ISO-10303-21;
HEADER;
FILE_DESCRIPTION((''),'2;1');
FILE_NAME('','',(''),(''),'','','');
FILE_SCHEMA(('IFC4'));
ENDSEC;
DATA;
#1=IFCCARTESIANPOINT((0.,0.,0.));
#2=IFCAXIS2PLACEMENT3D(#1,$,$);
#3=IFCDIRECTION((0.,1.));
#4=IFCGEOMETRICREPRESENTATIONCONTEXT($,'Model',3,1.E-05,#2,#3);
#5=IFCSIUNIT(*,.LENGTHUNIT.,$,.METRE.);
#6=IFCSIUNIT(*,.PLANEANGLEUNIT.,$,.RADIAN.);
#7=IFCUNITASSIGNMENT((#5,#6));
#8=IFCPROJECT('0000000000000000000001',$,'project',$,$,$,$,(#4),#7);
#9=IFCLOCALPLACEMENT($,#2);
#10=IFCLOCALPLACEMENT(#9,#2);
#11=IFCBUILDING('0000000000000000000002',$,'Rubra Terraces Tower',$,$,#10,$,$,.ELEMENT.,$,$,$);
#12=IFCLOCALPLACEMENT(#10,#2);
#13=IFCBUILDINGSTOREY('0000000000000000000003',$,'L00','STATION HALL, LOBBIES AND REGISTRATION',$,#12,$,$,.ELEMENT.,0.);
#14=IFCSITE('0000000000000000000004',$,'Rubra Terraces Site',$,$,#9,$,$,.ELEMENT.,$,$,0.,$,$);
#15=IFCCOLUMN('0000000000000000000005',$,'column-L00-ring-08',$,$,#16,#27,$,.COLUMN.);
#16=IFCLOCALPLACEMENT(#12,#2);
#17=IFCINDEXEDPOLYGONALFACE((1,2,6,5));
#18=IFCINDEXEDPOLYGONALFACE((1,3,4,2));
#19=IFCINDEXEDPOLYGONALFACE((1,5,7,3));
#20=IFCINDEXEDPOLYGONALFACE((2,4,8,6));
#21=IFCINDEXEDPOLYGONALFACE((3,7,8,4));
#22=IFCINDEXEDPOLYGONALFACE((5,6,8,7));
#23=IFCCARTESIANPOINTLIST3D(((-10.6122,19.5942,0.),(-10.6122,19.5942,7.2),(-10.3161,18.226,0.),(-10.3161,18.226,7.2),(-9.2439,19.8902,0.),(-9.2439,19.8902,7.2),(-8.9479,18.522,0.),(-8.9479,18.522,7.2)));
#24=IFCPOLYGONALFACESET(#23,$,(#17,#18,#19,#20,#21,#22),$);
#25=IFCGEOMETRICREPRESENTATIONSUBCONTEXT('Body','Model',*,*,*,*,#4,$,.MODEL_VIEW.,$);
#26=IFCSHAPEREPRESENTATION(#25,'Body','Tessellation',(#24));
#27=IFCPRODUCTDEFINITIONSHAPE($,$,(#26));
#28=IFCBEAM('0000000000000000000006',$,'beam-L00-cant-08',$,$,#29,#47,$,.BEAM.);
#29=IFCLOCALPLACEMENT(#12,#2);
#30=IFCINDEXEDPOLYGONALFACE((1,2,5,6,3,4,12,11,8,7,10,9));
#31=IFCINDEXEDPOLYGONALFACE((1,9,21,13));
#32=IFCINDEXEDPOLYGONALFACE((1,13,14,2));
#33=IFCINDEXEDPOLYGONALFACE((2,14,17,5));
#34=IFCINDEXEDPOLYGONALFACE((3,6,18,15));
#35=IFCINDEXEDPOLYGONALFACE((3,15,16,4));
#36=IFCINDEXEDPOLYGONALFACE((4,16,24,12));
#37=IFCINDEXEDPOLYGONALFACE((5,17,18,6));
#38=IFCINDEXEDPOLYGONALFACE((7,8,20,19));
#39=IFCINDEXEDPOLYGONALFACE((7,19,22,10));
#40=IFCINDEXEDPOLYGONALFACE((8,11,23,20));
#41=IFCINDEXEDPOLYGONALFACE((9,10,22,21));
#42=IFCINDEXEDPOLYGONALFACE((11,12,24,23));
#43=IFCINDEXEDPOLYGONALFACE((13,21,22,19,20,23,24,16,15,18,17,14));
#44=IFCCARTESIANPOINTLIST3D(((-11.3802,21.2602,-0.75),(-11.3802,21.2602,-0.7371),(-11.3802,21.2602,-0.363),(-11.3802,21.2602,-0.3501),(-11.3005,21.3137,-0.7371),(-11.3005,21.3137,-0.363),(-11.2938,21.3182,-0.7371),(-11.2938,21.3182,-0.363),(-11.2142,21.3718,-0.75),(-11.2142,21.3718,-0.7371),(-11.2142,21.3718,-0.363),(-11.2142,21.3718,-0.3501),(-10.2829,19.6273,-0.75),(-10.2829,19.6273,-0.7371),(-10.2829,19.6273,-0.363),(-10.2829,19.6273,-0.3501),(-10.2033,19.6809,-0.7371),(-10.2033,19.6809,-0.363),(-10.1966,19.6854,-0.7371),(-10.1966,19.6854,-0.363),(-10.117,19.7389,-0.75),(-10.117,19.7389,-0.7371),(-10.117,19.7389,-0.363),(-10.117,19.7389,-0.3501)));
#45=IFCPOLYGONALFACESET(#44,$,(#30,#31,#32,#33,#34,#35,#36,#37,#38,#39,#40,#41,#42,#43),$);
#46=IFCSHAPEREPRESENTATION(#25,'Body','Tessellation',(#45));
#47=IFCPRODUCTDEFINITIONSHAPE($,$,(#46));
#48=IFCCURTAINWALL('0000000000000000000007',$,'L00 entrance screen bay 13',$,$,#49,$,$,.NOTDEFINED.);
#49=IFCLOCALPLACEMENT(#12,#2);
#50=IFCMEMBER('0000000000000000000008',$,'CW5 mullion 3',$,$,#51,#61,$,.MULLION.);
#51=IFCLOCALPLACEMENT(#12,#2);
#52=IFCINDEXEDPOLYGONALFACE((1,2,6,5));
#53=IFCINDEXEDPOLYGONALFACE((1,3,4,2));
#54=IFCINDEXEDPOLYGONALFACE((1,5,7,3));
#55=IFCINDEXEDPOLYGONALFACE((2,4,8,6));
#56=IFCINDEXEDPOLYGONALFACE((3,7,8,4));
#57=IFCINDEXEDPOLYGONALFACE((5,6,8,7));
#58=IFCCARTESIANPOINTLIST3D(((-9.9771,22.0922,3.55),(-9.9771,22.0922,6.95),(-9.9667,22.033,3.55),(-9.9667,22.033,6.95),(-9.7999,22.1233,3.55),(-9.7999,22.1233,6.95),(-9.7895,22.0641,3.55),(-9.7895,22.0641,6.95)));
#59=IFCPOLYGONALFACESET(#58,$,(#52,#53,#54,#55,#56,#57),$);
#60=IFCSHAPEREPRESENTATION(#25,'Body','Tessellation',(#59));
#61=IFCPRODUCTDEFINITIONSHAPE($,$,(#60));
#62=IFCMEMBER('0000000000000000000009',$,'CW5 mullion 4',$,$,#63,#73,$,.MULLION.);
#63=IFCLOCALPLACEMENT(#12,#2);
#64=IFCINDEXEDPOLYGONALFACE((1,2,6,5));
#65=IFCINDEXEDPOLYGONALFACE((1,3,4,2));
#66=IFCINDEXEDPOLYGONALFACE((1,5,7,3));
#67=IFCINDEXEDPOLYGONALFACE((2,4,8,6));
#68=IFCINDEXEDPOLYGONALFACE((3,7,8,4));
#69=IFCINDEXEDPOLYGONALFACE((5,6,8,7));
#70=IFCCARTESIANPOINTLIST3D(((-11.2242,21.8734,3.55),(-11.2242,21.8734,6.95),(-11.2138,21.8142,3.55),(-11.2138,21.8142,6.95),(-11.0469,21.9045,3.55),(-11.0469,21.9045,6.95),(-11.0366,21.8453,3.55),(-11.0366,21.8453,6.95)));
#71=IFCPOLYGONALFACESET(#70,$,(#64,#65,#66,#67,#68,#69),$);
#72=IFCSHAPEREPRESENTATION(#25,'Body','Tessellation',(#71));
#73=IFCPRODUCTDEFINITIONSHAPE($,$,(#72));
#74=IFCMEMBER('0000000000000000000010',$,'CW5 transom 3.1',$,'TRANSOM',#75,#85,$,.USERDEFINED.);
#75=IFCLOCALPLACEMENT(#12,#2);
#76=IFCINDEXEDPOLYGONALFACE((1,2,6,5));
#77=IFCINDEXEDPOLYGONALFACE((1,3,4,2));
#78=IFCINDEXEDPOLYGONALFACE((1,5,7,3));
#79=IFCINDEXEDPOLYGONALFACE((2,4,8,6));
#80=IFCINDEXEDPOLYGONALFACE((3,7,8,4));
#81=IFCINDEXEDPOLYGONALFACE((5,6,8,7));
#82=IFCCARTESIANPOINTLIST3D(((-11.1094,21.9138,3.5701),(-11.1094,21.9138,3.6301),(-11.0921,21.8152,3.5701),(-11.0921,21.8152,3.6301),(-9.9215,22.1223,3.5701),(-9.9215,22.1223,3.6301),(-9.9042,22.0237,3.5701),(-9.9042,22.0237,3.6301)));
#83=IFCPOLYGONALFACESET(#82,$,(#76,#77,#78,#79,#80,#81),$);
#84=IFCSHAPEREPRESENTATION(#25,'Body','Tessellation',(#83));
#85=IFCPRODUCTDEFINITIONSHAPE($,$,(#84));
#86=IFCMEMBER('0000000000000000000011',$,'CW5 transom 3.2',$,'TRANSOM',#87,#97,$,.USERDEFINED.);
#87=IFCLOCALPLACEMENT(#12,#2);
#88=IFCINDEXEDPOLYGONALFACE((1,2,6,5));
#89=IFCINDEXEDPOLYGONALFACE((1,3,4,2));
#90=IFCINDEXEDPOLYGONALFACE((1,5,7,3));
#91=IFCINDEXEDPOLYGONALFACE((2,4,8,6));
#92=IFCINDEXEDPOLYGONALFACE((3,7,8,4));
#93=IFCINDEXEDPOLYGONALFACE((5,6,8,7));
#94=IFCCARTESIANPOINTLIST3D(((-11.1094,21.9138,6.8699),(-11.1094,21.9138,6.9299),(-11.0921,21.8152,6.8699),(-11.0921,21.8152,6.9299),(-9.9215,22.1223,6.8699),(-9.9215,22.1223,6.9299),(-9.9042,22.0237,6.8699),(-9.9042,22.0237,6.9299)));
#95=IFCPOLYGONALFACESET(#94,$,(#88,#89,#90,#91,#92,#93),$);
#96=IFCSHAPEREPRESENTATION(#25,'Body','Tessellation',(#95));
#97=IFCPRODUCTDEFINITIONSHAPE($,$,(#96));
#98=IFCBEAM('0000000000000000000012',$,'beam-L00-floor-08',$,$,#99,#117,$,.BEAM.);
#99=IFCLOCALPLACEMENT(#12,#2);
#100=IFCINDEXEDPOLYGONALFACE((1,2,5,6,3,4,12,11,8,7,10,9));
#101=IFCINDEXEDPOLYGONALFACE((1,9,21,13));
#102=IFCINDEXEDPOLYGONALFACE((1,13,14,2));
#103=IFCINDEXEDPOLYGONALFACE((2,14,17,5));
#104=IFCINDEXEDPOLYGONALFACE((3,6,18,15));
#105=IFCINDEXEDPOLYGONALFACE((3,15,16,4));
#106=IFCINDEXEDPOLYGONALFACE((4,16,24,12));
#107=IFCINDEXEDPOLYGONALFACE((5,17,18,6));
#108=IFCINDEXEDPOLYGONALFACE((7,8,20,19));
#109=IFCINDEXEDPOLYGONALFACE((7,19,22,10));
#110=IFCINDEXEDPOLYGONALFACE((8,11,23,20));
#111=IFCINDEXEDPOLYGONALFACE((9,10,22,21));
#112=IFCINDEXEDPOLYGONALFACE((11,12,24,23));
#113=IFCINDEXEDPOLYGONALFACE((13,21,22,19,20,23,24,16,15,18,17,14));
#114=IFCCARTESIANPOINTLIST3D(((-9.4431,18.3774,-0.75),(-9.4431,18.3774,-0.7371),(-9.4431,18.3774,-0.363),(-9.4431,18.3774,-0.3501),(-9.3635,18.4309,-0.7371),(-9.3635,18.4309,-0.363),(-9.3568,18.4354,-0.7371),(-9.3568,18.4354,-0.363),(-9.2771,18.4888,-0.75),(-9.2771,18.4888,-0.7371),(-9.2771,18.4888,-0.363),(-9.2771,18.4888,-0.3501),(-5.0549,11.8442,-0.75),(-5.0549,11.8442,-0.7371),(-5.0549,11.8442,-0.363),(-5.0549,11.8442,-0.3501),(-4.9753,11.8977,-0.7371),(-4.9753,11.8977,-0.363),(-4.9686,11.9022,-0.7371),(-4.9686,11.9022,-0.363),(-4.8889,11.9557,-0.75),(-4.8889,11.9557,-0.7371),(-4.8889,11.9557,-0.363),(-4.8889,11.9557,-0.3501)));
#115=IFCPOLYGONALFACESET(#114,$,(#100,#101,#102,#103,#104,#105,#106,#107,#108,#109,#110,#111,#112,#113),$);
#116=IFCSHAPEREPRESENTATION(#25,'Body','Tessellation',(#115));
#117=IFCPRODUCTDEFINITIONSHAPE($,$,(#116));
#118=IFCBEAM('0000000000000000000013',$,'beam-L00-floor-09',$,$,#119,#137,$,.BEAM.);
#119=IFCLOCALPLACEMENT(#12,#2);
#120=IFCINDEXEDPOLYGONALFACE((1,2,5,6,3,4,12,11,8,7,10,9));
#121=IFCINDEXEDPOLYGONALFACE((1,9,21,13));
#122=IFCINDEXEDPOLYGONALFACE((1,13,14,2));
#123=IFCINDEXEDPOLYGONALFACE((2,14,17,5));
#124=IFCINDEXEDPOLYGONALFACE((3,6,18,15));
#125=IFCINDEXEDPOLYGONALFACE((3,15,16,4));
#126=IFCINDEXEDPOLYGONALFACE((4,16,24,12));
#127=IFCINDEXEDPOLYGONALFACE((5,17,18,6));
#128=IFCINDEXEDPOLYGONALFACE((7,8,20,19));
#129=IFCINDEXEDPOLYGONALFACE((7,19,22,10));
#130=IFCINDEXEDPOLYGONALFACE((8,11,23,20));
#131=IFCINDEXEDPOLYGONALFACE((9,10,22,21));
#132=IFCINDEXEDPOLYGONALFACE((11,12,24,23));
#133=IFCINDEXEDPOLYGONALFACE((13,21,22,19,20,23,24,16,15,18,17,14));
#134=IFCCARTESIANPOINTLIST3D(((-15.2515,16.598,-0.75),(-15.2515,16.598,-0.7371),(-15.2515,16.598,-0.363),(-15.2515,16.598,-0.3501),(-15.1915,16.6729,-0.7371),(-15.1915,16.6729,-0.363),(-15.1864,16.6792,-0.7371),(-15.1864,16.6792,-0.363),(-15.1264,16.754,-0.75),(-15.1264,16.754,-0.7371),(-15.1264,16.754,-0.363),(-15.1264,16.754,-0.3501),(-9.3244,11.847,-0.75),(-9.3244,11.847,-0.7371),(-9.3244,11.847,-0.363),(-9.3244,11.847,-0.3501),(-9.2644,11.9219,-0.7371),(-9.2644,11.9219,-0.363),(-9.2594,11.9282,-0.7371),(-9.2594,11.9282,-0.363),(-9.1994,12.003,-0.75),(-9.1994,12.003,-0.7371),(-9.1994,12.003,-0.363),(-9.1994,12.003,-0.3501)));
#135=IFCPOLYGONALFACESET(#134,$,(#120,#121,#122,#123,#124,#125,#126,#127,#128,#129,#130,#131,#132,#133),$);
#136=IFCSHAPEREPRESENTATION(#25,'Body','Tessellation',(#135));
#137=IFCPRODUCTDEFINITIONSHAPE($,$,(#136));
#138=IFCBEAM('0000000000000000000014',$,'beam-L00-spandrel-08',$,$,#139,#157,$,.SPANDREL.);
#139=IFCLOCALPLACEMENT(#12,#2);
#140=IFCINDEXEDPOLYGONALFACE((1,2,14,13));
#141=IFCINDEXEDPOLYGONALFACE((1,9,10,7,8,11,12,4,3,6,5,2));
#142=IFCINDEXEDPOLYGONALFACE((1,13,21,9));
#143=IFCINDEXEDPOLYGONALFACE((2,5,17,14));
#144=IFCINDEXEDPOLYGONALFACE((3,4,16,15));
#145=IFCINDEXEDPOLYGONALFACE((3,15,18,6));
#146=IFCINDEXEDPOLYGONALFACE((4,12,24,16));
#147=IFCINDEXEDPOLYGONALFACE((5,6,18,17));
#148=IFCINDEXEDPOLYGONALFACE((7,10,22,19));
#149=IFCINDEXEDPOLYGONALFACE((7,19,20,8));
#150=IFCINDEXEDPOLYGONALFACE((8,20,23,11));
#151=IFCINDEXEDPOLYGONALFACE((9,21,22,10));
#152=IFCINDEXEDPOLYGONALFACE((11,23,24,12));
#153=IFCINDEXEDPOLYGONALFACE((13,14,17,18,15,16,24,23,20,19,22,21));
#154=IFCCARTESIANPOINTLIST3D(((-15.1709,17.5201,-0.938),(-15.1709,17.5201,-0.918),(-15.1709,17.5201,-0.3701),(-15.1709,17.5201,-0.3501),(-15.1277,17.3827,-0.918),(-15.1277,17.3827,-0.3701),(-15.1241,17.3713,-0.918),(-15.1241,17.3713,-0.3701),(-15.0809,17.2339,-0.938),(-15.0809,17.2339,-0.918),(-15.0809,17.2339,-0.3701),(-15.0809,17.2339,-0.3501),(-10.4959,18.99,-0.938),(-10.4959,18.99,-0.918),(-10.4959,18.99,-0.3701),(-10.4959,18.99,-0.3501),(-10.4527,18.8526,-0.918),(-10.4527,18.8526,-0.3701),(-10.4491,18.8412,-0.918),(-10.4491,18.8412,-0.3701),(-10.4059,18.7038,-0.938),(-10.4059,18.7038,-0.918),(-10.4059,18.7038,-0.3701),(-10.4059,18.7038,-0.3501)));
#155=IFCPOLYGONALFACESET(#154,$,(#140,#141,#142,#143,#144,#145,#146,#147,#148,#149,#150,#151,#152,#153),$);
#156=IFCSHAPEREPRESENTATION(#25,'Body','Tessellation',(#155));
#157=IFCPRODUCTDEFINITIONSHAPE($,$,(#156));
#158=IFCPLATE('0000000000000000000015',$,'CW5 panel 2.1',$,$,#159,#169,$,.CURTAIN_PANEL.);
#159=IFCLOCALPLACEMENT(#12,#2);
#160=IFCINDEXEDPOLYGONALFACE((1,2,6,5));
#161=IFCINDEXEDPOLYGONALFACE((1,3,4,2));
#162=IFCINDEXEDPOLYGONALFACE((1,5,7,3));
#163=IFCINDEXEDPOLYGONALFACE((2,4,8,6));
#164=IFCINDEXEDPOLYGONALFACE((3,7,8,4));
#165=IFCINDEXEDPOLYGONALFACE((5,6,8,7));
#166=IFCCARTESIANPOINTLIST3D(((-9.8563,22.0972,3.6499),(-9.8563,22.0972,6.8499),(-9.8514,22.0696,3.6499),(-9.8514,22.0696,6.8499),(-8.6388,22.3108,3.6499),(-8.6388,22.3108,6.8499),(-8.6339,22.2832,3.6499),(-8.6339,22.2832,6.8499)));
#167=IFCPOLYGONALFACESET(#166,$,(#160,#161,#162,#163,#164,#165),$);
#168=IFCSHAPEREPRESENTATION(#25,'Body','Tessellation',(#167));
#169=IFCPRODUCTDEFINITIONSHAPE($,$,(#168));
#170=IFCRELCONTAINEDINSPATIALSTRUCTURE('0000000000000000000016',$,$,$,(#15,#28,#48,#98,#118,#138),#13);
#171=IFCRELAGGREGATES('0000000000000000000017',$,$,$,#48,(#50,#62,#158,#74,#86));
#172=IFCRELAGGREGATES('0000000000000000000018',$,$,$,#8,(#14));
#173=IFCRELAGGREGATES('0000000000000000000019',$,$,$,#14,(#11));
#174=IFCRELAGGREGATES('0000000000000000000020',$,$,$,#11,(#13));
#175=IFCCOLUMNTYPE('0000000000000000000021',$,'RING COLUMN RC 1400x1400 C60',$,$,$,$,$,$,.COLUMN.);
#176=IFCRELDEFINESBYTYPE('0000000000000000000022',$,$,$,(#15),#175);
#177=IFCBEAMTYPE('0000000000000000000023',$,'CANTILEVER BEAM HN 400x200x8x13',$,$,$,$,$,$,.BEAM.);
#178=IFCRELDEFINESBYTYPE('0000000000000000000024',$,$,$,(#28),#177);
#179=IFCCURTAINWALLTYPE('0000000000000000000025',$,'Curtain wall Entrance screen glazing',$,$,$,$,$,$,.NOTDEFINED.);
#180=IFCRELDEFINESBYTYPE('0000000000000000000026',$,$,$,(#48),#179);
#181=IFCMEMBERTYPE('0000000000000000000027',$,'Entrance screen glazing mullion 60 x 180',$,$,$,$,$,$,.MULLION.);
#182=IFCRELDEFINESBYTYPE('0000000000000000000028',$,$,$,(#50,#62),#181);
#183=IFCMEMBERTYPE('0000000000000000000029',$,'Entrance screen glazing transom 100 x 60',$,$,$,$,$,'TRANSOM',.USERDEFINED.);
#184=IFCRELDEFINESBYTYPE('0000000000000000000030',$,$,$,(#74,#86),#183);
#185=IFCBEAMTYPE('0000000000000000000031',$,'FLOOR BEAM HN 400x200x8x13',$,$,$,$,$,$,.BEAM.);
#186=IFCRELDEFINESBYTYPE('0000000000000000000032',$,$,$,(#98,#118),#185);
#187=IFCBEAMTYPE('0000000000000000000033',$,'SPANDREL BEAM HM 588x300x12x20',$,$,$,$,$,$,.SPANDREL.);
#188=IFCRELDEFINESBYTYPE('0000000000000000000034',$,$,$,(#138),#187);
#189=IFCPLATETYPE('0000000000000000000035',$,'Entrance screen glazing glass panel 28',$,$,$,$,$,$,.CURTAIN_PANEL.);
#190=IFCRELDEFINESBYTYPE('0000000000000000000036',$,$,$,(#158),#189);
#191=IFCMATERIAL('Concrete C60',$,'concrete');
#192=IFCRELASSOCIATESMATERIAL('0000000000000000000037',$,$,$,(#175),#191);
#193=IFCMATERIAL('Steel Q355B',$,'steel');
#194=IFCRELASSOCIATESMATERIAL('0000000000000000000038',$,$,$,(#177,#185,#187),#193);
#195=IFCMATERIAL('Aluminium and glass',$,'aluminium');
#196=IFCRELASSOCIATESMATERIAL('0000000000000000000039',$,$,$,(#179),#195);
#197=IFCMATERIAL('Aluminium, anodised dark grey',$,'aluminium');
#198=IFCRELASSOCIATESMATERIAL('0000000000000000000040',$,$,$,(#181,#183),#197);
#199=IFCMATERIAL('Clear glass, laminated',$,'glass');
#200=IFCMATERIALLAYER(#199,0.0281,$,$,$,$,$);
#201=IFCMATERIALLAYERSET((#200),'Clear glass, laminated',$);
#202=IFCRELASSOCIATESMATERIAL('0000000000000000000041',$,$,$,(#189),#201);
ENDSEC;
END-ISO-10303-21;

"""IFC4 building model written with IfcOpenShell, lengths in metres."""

from ifc_helpers import new_model, si_unit, direction, frame, origin, origin_2d, place, context, subcontext, project, spatial, rectangle, i_section, extrude, material, layer, layer_set, material_profile, profile_set, type_object, element, aggregate, save


model = new_model("IFC4")

# Units and contexts
model_context = context("Model", 3, precision=1e-05, world=origin(), true_north=direction((0.0, 1.0)))
body_context = subcontext(model_context, "Body", "Model", "MODEL_VIEW")
ifc_project = project(units=[si_unit("LENGTHUNIT", "METRE"), si_unit("PLANEANGLEUNIT", "RADIAN")], contexts=[model_context])

# Site, building, storey
site_placement = place(None, origin())
site = spatial("IfcSite", under=ifc_project, at=site_placement, Name="Rubra Terraces Site", CompositionType="ELEMENT", RefElevation=0.0)
building_placement = place(site_placement, origin())
building = spatial("IfcBuilding", under=site, at=building_placement, Name="Rubra Terraces Tower", CompositionType="ELEMENT")
storey_placement = place(building_placement, origin())
storey = spatial("IfcBuildingStorey", under=building, at=storey_placement, Name="L00", Description="STATION HALL, LOBBIES AND REGISTRATION", CompositionType="ELEMENT", Elevation=0.0)

# Column
ifc_material_1 = material(Name="Concrete C60", Category="concrete")
ifc_material_profile_1 = material_profile(ifc_material_1, rectangle(XDim=1.3999, YDim=1.3999, at=origin_2d()), Name="RC 1400x1400")
ifc_profile_set_1 = profile_set([ifc_material_profile_1], Name="Concrete C60")
column_type = type_object("IfcColumnType", Name="RING COLUMN RC 1400x1400 C60", PredefinedType="COLUMN", material=ifc_profile_set_1)
column_placement = place(storey_placement, frame((-9.78, 19.0581, 0.0), z_axis=(0.0, 0.0, 1.0), x_axis=(-0.977386, -0.211462, 0.0)))
element("IfcColumn", 1, at=column_placement, inside=storey, type_object=column_type, Name="column-L00-ring-08", PredefinedType="COLUMN", context=body_context, shape_type="SweptSolid", body=[
    extrude(rectangle(XDim=1.3999, YDim=1.3999, at=origin_2d()), origin(), (0.0, 0.0, 1.0), 7.2),
])

# Beam
ifc_material_2 = material(Name="Steel Q355B", Category="steel")
ifc_material_profile_2 = material_profile(ifc_material_2, i_section(OverallWidth=0.2, OverallDepth=0.3999, WebThickness=0.0081, FlangeThickness=0.0129, at=origin_2d()), Name="HN 400x200x8x13")
ifc_profile_set_2 = profile_set([ifc_material_profile_2], Name="Steel Q355B")
beam_type_1 = type_object("IfcBeamType", Name="CANTILEVER BEAM HN 400x200x8x13", PredefinedType="BEAM", material=ifc_profile_set_2)
beam_1_placement = place(storey_placement, frame((-10.2, 19.6831, -0.55), z_axis=(-0.557732, 0.830021, 0.0), x_axis=(-0.830021, -0.557732, 0.0)))
element("IfcBeam", 2, at=beam_1_placement, inside=storey, type_object=beam_type_1, Name="beam-L00-cant-08", PredefinedType="BEAM", context=body_context, shape_type="SweptSolid", body=[
    extrude(i_section(OverallWidth=0.2, OverallDepth=0.3999, WebThickness=0.0081, FlangeThickness=0.0129, at=origin_2d()), origin(), (0.0, 0.0, 1.0), 1.9673),
])

# Curtain wall, members
ifc_material_3 = material(Name="Aluminium and glass", Category="aluminium")
curtain_wall_type = type_object("IfcCurtainWallType", Name="Curtain wall Entrance screen glazing", PredefinedType="NOTDEFINED", material=ifc_material_3)
curtain_wall_placement = place(storey_placement, origin())
curtain_wall = element("IfcCurtainWall", 3, at=curtain_wall_placement, inside=storey, type_object=curtain_wall_type, Name="L00 entrance screen bay 13", PredefinedType="NOTDEFINED")
ifc_material_4 = material(Name="Aluminium, anodised dark grey", Category="aluminium")
ifc_material_profile_3 = material_profile(ifc_material_4, rectangle(XDim=0.0601, YDim=0.1799, at=origin_2d()), Name="AL 60x180")
ifc_profile_set_3 = profile_set([ifc_material_profile_3], Name="Aluminium, anodised dark grey")
member_type_1 = type_object("IfcMemberType", Name="Entrance screen glazing mullion 60 x 180", PredefinedType="MULLION", material=ifc_profile_set_3)
member_1_placement = place(storey_placement, frame((-9.8833, 22.0781, 3.55), z_axis=(0.0, 0.0, 1.0), x_axis=(0.172817, -0.984954, 0.0)))
member_1 = element("IfcMember", 4, at=member_1_placement, type_object=member_type_1, Name="CW5 mullion 3", PredefinedType="MULLION", context=body_context, shape_type="SweptSolid", body=[
    extrude(rectangle(XDim=0.0601, YDim=0.1799, at=origin_2d()), origin(), (0.0, 0.0, 1.0), 3.3999),
])
member_2_placement = place(storey_placement, frame((-11.1304, 21.8594, 3.55), z_axis=(0.0, 0.0, 1.0), x_axis=(0.172817, -0.984954, 0.0)))
member_2 = element("IfcMember", 5, at=member_2_placement, type_object=member_type_1, Name="CW5 mullion 4", PredefinedType="MULLION", context=body_context, shape_type="SweptSolid", body=[
    extrude(rectangle(XDim=0.0601, YDim=0.1799, at=origin_2d()), origin(), (0.0, 0.0, 1.0), 3.3999),
])
ifc_material_profile_4 = material_profile(ifc_material_4, rectangle(XDim=0.1001, YDim=0.0601, at=origin_2d()), Name="AL 100x60")
ifc_profile_set_4 = profile_set([ifc_material_profile_4], Name="Aluminium, anodised dark grey")
member_type_2 = type_object("IfcMemberType", Name="Entrance screen glazing transom 100 x 60", ElementType="TRANSOM", PredefinedType="USERDEFINED", material=ifc_profile_set_4)
member_3_placement = place(storey_placement, frame((-9.9128, 22.073, 3.6001), z_axis=(-0.984946, -0.172861, 0.0), x_axis=(0.172861, -0.984946, 0.0)))
member_3 = element("IfcMember", 6, at=member_3_placement, type_object=member_type_2, Name="CW5 transom 3.1", ObjectType="TRANSOM", PredefinedType="USERDEFINED", context=body_context, shape_type="SweptSolid", body=[
    extrude(rectangle(XDim=0.1001, YDim=0.0601, at=origin_2d()), origin(), (0.0, 0.0, 1.0), 1.2061),
])
member_4_placement = place(storey_placement, frame((-9.9128, 22.073, 6.8999), z_axis=(-0.984946, -0.172861, 0.0), x_axis=(0.172861, -0.984946, 0.0)))
member_4 = element("IfcMember", 7, at=member_4_placement, type_object=member_type_2, Name="CW5 transom 3.2", ObjectType="TRANSOM", PredefinedType="USERDEFINED", context=body_context, shape_type="SweptSolid", body=[
    extrude(rectangle(XDim=0.1001, YDim=0.0601, at=origin_2d()), origin(), (0.0, 0.0, 1.0), 1.2061),
])

# Beams
ifc_material_profile_5 = material_profile(ifc_material_2, i_section(OverallWidth=0.2, OverallDepth=0.3999, WebThickness=0.0081, FlangeThickness=0.0129, at=origin_2d()), Name="HN 400x200x8x13")
ifc_profile_set_5 = profile_set([ifc_material_profile_5], Name="Steel Q355B")
beam_type_2 = type_object("IfcBeamType", Name="FLOOR BEAM HN 400x200x8x13", PredefinedType="BEAM", material=ifc_profile_set_5)
beam_2_placement = place(storey_placement, frame((-9.3601, 18.4331, -0.55), z_axis=(0.557575, -0.830127, 0.0), x_axis=(0.830127, 0.557575, 0.0)))
element("IfcBeam", 8, at=beam_2_placement, inside=storey, type_object=beam_type_2, Name="beam-L00-floor-08", PredefinedType="BEAM", context=body_context, shape_type="SweptSolid", body=[
    extrude(i_section(OverallWidth=0.2, OverallDepth=0.3999, WebThickness=0.0081, FlangeThickness=0.0129, at=origin_2d()), origin(), (0.0, 0.0, 1.0), 7.8701),
])
beam_3_placement = place(storey_placement, frame((-15.189, 16.676, -0.55), z_axis=(0.780266, -0.625447, 0.0), x_axis=(0.625447, 0.780266, 0.0)))
element("IfcBeam", 9, at=beam_3_placement, inside=storey, type_object=beam_type_2, Name="beam-L00-floor-09", PredefinedType="BEAM", context=body_context, shape_type="SweptSolid", body=[
    extrude(i_section(OverallWidth=0.2, OverallDepth=0.3999, WebThickness=0.0081, FlangeThickness=0.0129, at=origin_2d()), origin(), (0.0, 0.0, 1.0), 7.5962),
])
ifc_material_profile_6 = material_profile(ifc_material_2, i_section(OverallWidth=0.3, OverallDepth=0.5879, WebThickness=0.012, FlangeThickness=0.02, at=origin_2d()), Name="HM 588x300x12x20")
ifc_profile_set_6 = profile_set([ifc_material_profile_6], Name="Steel Q355B")
beam_type_3 = type_object("IfcBeamType", Name="SPANDREL BEAM HM 588x300x12x20", PredefinedType="SPANDREL", material=ifc_profile_set_6)
beam_4_placement = place(storey_placement, frame((-10.4509, 18.8469, -0.644), z_axis=(-0.953955, -0.299951, 0.0), x_axis=(0.299951, -0.953955, 0.0)))
element("IfcBeam", 10, at=beam_4_placement, inside=storey, type_object=beam_type_3, Name="beam-L00-spandrel-08", PredefinedType="SPANDREL", context=body_context, shape_type="SweptSolid", body=[
    extrude(i_section(OverallWidth=0.3, OverallDepth=0.5879, WebThickness=0.012, FlangeThickness=0.02, at=origin_2d()), origin(), (0.0, 0.0, 1.0), 4.9006),
])

# Plate
ifc_material_5 = material(Name="Clear glass, laminated", Category="glass")
ifc_layer_1 = layer(ifc_material_5, 0.0281)
ifc_layer_set_1 = layer_set([ifc_layer_1], Name="Clear glass, laminated")
plate_type = type_object("IfcPlateType", Name="Entrance screen glazing glass panel 28", PredefinedType="CURTAIN_PANEL", material=ifc_layer_set_1)
plate_1_placement = place(storey_placement, frame((-9.2451, 22.1902, 3.6499), z_axis=(0.0, 0.0, 1.0), x_axis=(-0.984954, -0.172817, 0.0)))
plate_1 = element("IfcPlate", 11, at=plate_1_placement, type_object=plate_type, Name="CW5 panel 2.1", PredefinedType="CURTAIN_PANEL", context=body_context, shape_type="SweptSolid", body=[
    extrude(rectangle(XDim=1.2361, YDim=0.0281, at=origin_2d()), origin(), (0.0, 0.0, 1.0), 3.2),
])
aggregate(curtain_wall, [member_1, member_2, plate_1, member_3, member_4])

save(model, "model.ifc")
